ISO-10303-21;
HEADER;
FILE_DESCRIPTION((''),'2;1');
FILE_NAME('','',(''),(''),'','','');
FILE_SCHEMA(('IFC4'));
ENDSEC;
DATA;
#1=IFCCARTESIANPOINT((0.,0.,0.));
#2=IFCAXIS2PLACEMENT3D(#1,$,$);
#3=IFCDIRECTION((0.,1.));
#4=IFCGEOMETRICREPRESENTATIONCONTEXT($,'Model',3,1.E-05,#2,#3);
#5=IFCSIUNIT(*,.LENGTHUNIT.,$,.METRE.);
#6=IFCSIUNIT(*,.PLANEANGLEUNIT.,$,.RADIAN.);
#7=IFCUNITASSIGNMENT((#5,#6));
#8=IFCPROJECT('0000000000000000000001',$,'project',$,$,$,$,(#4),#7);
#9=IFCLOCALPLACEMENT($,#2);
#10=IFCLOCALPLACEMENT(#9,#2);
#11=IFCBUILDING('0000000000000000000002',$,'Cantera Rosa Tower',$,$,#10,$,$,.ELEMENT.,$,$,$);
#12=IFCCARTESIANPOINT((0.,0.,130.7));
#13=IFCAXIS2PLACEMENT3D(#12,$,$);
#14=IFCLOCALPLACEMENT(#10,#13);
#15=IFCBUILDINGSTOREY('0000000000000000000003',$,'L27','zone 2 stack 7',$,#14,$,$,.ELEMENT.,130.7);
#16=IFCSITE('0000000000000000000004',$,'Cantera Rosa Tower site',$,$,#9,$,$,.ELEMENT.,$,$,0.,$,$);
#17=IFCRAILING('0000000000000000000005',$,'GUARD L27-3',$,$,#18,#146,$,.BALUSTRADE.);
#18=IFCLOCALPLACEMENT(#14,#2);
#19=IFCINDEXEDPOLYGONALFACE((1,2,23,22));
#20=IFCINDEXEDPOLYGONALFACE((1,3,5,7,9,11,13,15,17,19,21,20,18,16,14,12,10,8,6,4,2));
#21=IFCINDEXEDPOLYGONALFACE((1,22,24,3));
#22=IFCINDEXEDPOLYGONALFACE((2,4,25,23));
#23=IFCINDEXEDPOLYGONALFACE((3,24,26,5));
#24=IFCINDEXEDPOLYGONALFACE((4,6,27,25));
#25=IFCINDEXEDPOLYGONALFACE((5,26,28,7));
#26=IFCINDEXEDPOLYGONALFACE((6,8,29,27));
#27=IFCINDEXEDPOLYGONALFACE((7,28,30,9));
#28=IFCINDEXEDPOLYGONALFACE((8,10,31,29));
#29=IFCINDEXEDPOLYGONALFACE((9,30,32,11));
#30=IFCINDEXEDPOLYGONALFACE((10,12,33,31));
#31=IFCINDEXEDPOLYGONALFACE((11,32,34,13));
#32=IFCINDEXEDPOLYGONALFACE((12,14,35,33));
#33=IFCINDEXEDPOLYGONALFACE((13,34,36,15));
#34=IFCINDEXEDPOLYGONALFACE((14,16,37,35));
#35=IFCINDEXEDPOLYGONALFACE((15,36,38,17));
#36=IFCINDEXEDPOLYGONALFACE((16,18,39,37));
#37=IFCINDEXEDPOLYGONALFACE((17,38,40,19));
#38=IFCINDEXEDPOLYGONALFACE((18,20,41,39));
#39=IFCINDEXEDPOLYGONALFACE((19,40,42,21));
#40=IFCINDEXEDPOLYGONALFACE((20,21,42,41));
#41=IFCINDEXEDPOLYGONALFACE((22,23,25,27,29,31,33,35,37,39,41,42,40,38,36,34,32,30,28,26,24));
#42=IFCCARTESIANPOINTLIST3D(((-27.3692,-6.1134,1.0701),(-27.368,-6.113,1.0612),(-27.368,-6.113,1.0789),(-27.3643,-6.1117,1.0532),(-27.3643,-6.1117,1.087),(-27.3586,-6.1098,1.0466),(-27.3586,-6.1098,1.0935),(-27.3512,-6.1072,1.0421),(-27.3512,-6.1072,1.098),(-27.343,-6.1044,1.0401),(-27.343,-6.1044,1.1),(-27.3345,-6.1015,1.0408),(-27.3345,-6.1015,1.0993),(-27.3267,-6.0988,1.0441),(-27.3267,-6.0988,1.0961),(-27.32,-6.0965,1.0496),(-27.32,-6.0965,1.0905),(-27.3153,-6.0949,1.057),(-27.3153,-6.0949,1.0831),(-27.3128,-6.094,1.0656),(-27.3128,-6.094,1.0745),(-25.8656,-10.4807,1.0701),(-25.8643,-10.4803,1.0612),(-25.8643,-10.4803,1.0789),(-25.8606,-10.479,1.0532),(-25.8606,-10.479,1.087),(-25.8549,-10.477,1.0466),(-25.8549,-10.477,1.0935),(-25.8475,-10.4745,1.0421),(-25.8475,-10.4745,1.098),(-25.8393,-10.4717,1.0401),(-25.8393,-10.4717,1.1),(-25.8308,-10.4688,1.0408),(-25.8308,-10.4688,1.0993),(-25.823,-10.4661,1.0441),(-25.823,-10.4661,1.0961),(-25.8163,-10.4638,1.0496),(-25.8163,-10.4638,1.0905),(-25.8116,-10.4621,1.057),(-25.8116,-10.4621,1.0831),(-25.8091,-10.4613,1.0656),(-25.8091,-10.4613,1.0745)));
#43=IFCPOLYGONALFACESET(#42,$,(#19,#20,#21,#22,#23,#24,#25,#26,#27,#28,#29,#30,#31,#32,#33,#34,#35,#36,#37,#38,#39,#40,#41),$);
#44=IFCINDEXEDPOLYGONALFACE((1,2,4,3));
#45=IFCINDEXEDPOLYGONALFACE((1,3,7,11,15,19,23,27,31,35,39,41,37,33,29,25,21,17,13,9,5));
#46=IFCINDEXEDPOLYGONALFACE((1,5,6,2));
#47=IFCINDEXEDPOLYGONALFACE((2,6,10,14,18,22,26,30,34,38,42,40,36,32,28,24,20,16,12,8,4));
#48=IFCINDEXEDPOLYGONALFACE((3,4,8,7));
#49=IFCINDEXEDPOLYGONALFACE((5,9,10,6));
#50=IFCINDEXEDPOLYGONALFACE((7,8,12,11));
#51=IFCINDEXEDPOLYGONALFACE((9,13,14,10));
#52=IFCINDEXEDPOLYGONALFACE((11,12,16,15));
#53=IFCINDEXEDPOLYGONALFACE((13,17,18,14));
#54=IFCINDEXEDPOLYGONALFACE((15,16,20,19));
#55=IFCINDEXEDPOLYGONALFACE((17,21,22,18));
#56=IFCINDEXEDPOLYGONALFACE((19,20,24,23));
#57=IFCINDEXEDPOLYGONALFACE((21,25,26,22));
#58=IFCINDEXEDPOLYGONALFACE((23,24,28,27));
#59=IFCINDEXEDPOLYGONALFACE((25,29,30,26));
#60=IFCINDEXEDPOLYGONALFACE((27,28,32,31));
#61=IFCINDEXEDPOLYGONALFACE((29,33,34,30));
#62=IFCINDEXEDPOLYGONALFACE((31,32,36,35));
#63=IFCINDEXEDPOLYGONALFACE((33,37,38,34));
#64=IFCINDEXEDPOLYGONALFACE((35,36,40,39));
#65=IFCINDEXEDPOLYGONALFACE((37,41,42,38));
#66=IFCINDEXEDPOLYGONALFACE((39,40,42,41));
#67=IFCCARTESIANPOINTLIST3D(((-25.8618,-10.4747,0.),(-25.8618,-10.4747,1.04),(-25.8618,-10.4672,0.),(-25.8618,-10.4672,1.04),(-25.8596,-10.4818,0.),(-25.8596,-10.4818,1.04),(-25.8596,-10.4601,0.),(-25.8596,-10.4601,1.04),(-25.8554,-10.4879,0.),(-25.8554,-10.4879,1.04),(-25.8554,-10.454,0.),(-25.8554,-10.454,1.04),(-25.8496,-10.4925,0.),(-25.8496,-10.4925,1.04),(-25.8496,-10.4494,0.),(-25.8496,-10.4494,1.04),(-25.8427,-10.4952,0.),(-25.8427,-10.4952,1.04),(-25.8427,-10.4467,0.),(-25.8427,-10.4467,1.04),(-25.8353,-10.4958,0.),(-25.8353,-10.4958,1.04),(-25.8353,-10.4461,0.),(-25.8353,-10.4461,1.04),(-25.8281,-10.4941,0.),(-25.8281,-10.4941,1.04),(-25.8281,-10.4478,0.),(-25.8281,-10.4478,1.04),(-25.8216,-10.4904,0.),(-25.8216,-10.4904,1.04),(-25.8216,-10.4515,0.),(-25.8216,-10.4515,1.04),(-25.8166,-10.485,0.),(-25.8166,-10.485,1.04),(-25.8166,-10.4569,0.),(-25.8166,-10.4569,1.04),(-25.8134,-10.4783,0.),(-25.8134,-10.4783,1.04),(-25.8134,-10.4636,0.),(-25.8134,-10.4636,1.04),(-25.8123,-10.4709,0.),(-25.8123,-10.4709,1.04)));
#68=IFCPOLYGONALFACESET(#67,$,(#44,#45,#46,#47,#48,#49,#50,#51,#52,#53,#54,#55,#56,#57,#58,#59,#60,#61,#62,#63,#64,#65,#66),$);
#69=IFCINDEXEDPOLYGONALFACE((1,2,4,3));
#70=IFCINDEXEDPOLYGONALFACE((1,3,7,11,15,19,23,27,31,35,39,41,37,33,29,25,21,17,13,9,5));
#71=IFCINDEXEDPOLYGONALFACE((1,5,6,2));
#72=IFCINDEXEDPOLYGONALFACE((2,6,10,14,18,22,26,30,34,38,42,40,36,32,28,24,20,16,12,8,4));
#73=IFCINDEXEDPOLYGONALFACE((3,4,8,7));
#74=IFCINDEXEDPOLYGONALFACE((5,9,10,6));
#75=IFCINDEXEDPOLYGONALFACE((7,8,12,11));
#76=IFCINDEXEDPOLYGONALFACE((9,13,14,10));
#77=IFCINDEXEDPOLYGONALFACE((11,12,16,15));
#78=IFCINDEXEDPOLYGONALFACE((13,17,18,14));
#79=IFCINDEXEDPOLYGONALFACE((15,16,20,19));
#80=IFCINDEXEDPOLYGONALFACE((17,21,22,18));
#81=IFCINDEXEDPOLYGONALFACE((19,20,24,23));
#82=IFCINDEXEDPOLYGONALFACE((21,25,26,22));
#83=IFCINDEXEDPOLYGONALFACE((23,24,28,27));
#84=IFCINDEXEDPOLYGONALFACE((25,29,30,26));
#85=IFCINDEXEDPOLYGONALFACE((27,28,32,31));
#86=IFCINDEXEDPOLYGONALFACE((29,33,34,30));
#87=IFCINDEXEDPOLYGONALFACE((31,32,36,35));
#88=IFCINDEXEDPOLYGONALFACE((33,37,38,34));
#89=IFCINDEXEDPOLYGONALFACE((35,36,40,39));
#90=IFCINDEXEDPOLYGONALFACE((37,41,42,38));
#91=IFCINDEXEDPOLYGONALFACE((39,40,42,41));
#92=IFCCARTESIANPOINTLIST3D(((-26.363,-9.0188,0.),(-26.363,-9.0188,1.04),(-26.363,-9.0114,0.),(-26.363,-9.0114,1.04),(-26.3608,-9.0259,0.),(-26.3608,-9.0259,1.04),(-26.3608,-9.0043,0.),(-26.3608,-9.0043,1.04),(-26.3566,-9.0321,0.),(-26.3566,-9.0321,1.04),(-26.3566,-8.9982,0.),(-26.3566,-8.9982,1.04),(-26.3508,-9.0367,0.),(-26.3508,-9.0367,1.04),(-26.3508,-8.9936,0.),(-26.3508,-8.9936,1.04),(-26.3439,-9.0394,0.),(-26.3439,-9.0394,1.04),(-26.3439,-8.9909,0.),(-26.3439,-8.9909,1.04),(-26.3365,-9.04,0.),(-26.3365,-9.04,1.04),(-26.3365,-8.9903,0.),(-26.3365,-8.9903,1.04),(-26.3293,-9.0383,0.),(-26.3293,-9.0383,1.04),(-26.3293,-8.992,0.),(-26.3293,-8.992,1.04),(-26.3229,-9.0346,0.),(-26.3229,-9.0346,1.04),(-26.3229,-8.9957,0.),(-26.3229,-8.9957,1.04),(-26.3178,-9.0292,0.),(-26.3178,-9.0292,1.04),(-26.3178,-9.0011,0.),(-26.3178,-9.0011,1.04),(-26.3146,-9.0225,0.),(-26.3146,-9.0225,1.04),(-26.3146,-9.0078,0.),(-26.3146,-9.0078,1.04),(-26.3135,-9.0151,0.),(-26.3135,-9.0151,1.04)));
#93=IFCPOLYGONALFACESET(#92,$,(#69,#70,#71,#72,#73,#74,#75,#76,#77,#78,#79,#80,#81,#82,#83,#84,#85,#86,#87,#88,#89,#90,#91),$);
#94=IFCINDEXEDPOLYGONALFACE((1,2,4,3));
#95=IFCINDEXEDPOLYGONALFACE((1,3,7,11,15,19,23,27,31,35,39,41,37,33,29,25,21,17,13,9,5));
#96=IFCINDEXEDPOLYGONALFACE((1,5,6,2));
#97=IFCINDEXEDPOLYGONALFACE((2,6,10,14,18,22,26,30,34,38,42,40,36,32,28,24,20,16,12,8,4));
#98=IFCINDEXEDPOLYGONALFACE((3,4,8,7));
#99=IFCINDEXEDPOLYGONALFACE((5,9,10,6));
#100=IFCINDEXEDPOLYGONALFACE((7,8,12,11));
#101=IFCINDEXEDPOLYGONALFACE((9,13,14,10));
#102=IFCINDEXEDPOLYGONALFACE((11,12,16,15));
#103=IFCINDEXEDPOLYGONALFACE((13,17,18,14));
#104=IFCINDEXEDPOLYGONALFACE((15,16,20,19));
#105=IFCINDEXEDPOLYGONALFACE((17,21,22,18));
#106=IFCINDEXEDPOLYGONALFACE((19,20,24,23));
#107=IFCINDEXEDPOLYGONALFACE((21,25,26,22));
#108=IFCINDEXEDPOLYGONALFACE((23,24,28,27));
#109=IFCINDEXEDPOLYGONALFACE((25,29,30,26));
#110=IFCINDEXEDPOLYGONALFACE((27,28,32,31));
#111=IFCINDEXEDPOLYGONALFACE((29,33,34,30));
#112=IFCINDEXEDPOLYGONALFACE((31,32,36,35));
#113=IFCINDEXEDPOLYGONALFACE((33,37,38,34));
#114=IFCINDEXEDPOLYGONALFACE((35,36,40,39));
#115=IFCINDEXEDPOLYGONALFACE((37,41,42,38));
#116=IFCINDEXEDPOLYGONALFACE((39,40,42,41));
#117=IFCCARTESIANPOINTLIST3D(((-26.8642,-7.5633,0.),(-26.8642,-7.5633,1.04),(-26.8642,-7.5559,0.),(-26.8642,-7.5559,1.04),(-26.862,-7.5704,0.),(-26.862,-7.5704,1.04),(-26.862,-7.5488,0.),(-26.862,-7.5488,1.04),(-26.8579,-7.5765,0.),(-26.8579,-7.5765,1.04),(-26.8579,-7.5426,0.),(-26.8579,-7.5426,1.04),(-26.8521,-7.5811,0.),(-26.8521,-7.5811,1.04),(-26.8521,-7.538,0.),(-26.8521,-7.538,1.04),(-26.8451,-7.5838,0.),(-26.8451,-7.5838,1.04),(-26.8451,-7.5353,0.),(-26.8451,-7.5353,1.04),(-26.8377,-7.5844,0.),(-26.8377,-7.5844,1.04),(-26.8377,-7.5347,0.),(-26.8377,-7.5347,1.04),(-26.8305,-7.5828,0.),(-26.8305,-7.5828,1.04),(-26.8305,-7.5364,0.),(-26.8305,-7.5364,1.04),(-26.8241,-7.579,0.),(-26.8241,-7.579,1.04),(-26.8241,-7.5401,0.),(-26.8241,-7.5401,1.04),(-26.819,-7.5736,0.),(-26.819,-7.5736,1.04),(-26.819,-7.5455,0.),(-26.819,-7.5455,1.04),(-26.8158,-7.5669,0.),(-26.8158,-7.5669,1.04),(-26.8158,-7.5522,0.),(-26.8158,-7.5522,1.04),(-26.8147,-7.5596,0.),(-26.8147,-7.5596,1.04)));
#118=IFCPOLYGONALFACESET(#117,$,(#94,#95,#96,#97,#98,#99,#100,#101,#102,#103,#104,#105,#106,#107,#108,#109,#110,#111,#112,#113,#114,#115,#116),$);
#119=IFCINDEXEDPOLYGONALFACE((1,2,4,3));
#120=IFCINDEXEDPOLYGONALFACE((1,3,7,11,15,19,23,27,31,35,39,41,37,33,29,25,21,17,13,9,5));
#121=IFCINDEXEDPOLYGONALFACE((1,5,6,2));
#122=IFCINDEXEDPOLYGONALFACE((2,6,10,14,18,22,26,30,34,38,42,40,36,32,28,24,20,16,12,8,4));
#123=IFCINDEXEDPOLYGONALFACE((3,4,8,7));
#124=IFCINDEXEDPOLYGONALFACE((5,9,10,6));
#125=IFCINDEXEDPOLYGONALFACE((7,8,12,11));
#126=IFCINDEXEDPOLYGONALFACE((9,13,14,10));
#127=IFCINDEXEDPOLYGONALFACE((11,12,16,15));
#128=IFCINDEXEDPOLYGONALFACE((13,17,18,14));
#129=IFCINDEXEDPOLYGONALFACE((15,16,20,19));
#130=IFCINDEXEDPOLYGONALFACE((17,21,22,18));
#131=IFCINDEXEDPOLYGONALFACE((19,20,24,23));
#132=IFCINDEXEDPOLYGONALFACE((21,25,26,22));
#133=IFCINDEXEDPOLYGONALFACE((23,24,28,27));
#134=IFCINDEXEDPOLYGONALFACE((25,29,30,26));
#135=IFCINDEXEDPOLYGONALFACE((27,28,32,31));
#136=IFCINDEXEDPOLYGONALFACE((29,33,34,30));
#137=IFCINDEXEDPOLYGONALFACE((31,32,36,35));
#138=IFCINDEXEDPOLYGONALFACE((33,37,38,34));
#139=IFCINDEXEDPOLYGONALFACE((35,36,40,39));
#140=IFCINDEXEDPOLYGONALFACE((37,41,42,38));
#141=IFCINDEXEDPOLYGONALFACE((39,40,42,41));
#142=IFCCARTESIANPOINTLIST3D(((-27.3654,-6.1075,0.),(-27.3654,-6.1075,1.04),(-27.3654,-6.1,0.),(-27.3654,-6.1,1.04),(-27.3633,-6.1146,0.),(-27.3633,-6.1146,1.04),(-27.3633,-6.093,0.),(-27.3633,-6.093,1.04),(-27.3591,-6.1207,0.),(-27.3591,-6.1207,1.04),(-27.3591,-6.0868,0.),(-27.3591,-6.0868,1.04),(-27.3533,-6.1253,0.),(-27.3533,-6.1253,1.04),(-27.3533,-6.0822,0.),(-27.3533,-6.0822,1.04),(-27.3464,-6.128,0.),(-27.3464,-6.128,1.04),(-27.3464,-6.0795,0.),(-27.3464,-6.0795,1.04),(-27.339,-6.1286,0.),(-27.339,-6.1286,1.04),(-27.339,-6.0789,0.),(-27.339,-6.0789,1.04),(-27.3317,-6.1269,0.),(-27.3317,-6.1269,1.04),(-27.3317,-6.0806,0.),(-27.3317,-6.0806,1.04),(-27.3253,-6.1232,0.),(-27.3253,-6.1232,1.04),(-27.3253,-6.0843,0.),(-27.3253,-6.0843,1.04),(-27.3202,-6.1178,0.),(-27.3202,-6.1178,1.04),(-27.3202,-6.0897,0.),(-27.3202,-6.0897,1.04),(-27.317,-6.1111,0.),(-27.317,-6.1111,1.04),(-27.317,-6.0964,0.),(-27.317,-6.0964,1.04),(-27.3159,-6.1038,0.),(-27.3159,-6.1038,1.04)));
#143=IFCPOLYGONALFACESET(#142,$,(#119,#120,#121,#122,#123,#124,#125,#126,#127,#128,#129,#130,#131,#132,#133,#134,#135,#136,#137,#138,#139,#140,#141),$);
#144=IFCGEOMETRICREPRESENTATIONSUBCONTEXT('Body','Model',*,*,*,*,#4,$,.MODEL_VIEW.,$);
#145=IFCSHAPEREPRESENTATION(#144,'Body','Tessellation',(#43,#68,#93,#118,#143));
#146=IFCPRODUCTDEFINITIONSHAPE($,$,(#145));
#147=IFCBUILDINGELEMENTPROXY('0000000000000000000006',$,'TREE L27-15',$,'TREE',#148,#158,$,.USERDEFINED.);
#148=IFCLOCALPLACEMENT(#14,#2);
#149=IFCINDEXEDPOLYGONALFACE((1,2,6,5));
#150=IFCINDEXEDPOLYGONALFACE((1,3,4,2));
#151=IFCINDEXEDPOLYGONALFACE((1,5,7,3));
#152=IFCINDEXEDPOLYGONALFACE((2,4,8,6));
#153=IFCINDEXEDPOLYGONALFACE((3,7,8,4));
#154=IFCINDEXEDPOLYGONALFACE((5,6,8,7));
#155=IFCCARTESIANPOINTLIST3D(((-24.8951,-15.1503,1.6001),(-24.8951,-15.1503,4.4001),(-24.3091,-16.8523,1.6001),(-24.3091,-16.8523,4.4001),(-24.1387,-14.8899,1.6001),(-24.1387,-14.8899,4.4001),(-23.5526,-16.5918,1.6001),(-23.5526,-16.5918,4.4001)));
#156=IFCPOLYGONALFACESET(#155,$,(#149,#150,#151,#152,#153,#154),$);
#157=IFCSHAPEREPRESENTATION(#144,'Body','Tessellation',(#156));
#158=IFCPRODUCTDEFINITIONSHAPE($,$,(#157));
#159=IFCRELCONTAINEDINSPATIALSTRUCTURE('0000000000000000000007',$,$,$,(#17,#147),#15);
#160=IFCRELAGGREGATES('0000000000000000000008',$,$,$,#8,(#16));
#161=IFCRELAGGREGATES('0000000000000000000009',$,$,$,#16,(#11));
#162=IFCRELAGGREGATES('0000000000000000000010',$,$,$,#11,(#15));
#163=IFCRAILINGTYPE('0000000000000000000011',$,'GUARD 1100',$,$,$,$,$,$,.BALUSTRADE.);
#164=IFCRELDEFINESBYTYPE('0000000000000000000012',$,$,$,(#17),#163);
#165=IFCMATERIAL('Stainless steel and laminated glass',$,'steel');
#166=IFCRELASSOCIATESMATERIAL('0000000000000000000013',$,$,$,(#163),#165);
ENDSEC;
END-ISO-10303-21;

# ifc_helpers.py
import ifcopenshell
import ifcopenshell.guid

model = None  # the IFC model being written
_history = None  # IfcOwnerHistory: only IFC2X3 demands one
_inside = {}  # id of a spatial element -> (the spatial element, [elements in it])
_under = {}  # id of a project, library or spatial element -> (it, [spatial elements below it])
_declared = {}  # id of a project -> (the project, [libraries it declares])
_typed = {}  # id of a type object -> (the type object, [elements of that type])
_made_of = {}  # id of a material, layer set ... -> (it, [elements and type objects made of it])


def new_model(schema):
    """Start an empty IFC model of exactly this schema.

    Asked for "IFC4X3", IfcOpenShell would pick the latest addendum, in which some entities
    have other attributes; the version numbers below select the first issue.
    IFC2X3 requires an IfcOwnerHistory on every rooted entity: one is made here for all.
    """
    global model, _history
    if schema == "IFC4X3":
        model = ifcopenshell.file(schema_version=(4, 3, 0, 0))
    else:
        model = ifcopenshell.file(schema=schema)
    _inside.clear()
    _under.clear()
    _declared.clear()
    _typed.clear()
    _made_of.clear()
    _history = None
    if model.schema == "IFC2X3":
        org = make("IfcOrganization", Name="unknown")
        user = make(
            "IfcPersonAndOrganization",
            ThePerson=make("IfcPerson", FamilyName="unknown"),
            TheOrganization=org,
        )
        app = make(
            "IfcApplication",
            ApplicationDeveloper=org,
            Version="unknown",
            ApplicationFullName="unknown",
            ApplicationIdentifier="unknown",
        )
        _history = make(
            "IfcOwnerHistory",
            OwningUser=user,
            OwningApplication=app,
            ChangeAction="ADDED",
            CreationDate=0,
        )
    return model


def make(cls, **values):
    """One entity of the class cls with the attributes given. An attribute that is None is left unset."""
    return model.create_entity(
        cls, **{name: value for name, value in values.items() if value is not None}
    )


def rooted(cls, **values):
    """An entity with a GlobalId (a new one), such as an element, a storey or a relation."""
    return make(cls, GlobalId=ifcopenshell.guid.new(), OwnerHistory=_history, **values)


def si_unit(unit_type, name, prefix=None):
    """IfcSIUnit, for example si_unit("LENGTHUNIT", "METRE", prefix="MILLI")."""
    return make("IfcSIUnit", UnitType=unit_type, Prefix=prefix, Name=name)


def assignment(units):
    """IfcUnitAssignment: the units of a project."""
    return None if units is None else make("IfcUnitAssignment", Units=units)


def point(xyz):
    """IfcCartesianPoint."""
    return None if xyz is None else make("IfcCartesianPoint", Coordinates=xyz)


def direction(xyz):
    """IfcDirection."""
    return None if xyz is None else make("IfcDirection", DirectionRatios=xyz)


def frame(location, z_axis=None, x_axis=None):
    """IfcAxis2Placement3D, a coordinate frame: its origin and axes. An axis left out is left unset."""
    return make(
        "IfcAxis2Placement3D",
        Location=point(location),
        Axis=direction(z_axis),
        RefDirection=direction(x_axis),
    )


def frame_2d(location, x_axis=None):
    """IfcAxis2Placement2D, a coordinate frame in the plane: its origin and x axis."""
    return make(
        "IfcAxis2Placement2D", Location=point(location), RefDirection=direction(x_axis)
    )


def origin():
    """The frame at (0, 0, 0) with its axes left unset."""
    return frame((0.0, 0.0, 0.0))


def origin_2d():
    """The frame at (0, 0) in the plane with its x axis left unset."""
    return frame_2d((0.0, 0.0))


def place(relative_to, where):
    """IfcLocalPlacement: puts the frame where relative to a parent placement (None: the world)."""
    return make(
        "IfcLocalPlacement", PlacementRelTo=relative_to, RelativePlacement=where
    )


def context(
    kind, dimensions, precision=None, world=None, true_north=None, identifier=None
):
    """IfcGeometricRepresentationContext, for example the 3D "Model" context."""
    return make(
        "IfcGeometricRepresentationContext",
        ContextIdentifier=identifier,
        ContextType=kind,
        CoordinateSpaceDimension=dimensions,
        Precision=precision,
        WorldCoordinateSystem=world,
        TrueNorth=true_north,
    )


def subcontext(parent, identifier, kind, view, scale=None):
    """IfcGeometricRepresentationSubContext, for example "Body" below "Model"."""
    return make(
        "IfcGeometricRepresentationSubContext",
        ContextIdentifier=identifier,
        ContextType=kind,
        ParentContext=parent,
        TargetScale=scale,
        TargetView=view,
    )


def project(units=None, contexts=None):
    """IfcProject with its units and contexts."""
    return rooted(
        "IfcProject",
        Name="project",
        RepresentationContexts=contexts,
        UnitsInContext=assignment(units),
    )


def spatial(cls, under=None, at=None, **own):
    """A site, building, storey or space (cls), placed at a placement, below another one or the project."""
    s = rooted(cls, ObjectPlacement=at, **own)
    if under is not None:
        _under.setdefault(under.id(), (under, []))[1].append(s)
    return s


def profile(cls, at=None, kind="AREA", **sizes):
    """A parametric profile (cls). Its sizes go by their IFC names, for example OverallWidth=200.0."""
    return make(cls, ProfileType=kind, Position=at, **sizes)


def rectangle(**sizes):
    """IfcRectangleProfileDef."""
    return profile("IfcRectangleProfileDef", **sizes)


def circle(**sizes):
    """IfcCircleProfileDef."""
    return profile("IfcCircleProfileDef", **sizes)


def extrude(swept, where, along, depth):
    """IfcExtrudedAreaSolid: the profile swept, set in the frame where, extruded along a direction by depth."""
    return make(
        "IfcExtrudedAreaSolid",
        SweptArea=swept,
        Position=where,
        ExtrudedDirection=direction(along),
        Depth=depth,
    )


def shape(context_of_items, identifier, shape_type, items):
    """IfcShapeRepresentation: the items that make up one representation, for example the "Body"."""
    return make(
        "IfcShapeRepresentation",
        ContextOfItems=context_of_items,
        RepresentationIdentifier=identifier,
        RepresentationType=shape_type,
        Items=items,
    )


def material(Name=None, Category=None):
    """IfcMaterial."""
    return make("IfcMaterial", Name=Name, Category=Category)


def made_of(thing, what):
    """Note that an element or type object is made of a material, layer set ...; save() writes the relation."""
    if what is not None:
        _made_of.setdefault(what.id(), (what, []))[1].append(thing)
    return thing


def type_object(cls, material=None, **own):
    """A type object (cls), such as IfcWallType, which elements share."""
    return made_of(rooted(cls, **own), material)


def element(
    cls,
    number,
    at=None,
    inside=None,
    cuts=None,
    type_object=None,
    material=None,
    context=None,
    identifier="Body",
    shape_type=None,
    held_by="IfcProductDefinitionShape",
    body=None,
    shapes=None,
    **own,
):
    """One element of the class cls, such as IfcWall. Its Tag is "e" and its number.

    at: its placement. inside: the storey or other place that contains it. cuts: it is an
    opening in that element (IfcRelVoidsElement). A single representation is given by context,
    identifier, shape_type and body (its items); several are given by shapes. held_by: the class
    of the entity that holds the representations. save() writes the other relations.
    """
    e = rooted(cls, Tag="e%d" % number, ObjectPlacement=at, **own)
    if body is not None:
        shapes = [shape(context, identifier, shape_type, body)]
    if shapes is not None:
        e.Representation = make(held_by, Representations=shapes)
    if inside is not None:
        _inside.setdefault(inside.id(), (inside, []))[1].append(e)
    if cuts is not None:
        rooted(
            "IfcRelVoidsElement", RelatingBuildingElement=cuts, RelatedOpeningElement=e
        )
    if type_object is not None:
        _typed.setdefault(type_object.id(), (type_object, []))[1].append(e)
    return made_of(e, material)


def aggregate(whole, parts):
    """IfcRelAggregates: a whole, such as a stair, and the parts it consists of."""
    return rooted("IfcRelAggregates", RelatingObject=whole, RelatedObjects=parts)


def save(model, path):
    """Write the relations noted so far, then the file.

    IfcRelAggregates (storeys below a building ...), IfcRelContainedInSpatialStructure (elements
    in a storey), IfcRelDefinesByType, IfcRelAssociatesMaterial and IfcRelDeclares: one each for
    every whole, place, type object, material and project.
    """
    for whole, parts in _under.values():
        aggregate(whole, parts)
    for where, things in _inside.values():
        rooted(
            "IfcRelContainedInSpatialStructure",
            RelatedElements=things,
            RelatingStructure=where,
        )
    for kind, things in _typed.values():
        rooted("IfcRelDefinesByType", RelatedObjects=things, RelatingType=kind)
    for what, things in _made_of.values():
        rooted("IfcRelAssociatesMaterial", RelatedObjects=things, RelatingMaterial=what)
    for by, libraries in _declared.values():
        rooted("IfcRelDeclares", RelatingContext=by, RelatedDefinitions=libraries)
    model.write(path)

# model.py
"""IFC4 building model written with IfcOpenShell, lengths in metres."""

from ifc_helpers import new_model, si_unit, direction, frame, origin, origin_2d, place, context, subcontext, project, spatial, rectangle, circle, extrude, material, type_object, element, save


model = new_model("IFC4")

# Units and contexts
model_context = context("Model", 3, precision=1e-05, world=origin(), true_north=direction((0.0, 1.0)))
body_context = subcontext(model_context, "Body", "Model", "MODEL_VIEW")
ifc_project = project(units=[si_unit("LENGTHUNIT", "METRE"), si_unit("PLANEANGLEUNIT", "RADIAN")], contexts=[model_context])

# Site, building, storey
site_placement = place(None, origin())
site = spatial("IfcSite", under=ifc_project, at=site_placement, Name="Cantera Rosa Tower site", CompositionType="ELEMENT", RefElevation=0.0)
building_placement = place(site_placement, origin())
building = spatial("IfcBuilding", under=site, at=building_placement, Name="Cantera Rosa Tower", CompositionType="ELEMENT")
storey_placement = place(building_placement, frame((0.0, 0.0, 130.7)))
storey = spatial("IfcBuildingStorey", under=building, at=storey_placement, Name="L27", Description="zone 2 stack 7", CompositionType="ELEMENT", Elevation=130.7)

# Railing
ifc_material_1 = material(Name="Stainless steel and laminated glass", Category="steel")
railing_type = type_object("IfcRailingType", Name="GUARD 1100", PredefinedType="BALUSTRADE", material=ifc_material_1)
railing_1_placement = place(storey_placement, frame((-25.8372, -10.4709, 0.0)))
element("IfcRailing", 1, at=railing_1_placement, inside=storey, type_object=railing_type, Name="GUARD L27-3", PredefinedType="BALUSTRADE", context=body_context, shape_type="SweptSolid", body=[
    extrude(circle(Radius=0.03, at=origin_2d()), frame((0.0, 0.0, 1.0701), z_axis=(-0.325552, 0.945524, 0.0), x_axis=(-0.945524, -0.325552, 0.0)), (0.0, 0.0, 1.0), 4.6189),
    extrude(circle(Radius=0.0249, at=origin_2d()), origin(), (0.0, 0.0, 1.0), 1.04),
    extrude(circle(Radius=0.0249, at=origin_2d()), frame((-0.5012, 1.4558, 0.0)), (0.0, 0.0, 1.0), 1.04),
    extrude(circle(Radius=0.0249, at=origin_2d()), frame((-1.0024, 2.9114, 0.0)), (0.0, 0.0, 1.0), 1.04),
    extrude(circle(Radius=0.0249, at=origin_2d()), frame((-1.5037, 4.3672, 0.0)), (0.0, 0.0, 1.0), 1.04),
])

# Building element proxy
proxy_placement = place(storey_placement, frame((-24.2239, -15.8711, 1.6001), z_axis=(0.0, 0.0, 1.0), x_axis=(0.325568, -0.945519, 0.0)))
element("IfcBuildingElementProxy", 2, at=proxy_placement, inside=storey, Name="TREE L27-15", ObjectType="TREE", PredefinedType="USERDEFINED", context=body_context, shape_type="SweptSolid", body=[
    extrude(rectangle(XDim=1.8, YDim=0.8, at=origin_2d()), origin(), (0.0, 0.0, 1.0), 2.8),
])

save(model, "model.ifc")
